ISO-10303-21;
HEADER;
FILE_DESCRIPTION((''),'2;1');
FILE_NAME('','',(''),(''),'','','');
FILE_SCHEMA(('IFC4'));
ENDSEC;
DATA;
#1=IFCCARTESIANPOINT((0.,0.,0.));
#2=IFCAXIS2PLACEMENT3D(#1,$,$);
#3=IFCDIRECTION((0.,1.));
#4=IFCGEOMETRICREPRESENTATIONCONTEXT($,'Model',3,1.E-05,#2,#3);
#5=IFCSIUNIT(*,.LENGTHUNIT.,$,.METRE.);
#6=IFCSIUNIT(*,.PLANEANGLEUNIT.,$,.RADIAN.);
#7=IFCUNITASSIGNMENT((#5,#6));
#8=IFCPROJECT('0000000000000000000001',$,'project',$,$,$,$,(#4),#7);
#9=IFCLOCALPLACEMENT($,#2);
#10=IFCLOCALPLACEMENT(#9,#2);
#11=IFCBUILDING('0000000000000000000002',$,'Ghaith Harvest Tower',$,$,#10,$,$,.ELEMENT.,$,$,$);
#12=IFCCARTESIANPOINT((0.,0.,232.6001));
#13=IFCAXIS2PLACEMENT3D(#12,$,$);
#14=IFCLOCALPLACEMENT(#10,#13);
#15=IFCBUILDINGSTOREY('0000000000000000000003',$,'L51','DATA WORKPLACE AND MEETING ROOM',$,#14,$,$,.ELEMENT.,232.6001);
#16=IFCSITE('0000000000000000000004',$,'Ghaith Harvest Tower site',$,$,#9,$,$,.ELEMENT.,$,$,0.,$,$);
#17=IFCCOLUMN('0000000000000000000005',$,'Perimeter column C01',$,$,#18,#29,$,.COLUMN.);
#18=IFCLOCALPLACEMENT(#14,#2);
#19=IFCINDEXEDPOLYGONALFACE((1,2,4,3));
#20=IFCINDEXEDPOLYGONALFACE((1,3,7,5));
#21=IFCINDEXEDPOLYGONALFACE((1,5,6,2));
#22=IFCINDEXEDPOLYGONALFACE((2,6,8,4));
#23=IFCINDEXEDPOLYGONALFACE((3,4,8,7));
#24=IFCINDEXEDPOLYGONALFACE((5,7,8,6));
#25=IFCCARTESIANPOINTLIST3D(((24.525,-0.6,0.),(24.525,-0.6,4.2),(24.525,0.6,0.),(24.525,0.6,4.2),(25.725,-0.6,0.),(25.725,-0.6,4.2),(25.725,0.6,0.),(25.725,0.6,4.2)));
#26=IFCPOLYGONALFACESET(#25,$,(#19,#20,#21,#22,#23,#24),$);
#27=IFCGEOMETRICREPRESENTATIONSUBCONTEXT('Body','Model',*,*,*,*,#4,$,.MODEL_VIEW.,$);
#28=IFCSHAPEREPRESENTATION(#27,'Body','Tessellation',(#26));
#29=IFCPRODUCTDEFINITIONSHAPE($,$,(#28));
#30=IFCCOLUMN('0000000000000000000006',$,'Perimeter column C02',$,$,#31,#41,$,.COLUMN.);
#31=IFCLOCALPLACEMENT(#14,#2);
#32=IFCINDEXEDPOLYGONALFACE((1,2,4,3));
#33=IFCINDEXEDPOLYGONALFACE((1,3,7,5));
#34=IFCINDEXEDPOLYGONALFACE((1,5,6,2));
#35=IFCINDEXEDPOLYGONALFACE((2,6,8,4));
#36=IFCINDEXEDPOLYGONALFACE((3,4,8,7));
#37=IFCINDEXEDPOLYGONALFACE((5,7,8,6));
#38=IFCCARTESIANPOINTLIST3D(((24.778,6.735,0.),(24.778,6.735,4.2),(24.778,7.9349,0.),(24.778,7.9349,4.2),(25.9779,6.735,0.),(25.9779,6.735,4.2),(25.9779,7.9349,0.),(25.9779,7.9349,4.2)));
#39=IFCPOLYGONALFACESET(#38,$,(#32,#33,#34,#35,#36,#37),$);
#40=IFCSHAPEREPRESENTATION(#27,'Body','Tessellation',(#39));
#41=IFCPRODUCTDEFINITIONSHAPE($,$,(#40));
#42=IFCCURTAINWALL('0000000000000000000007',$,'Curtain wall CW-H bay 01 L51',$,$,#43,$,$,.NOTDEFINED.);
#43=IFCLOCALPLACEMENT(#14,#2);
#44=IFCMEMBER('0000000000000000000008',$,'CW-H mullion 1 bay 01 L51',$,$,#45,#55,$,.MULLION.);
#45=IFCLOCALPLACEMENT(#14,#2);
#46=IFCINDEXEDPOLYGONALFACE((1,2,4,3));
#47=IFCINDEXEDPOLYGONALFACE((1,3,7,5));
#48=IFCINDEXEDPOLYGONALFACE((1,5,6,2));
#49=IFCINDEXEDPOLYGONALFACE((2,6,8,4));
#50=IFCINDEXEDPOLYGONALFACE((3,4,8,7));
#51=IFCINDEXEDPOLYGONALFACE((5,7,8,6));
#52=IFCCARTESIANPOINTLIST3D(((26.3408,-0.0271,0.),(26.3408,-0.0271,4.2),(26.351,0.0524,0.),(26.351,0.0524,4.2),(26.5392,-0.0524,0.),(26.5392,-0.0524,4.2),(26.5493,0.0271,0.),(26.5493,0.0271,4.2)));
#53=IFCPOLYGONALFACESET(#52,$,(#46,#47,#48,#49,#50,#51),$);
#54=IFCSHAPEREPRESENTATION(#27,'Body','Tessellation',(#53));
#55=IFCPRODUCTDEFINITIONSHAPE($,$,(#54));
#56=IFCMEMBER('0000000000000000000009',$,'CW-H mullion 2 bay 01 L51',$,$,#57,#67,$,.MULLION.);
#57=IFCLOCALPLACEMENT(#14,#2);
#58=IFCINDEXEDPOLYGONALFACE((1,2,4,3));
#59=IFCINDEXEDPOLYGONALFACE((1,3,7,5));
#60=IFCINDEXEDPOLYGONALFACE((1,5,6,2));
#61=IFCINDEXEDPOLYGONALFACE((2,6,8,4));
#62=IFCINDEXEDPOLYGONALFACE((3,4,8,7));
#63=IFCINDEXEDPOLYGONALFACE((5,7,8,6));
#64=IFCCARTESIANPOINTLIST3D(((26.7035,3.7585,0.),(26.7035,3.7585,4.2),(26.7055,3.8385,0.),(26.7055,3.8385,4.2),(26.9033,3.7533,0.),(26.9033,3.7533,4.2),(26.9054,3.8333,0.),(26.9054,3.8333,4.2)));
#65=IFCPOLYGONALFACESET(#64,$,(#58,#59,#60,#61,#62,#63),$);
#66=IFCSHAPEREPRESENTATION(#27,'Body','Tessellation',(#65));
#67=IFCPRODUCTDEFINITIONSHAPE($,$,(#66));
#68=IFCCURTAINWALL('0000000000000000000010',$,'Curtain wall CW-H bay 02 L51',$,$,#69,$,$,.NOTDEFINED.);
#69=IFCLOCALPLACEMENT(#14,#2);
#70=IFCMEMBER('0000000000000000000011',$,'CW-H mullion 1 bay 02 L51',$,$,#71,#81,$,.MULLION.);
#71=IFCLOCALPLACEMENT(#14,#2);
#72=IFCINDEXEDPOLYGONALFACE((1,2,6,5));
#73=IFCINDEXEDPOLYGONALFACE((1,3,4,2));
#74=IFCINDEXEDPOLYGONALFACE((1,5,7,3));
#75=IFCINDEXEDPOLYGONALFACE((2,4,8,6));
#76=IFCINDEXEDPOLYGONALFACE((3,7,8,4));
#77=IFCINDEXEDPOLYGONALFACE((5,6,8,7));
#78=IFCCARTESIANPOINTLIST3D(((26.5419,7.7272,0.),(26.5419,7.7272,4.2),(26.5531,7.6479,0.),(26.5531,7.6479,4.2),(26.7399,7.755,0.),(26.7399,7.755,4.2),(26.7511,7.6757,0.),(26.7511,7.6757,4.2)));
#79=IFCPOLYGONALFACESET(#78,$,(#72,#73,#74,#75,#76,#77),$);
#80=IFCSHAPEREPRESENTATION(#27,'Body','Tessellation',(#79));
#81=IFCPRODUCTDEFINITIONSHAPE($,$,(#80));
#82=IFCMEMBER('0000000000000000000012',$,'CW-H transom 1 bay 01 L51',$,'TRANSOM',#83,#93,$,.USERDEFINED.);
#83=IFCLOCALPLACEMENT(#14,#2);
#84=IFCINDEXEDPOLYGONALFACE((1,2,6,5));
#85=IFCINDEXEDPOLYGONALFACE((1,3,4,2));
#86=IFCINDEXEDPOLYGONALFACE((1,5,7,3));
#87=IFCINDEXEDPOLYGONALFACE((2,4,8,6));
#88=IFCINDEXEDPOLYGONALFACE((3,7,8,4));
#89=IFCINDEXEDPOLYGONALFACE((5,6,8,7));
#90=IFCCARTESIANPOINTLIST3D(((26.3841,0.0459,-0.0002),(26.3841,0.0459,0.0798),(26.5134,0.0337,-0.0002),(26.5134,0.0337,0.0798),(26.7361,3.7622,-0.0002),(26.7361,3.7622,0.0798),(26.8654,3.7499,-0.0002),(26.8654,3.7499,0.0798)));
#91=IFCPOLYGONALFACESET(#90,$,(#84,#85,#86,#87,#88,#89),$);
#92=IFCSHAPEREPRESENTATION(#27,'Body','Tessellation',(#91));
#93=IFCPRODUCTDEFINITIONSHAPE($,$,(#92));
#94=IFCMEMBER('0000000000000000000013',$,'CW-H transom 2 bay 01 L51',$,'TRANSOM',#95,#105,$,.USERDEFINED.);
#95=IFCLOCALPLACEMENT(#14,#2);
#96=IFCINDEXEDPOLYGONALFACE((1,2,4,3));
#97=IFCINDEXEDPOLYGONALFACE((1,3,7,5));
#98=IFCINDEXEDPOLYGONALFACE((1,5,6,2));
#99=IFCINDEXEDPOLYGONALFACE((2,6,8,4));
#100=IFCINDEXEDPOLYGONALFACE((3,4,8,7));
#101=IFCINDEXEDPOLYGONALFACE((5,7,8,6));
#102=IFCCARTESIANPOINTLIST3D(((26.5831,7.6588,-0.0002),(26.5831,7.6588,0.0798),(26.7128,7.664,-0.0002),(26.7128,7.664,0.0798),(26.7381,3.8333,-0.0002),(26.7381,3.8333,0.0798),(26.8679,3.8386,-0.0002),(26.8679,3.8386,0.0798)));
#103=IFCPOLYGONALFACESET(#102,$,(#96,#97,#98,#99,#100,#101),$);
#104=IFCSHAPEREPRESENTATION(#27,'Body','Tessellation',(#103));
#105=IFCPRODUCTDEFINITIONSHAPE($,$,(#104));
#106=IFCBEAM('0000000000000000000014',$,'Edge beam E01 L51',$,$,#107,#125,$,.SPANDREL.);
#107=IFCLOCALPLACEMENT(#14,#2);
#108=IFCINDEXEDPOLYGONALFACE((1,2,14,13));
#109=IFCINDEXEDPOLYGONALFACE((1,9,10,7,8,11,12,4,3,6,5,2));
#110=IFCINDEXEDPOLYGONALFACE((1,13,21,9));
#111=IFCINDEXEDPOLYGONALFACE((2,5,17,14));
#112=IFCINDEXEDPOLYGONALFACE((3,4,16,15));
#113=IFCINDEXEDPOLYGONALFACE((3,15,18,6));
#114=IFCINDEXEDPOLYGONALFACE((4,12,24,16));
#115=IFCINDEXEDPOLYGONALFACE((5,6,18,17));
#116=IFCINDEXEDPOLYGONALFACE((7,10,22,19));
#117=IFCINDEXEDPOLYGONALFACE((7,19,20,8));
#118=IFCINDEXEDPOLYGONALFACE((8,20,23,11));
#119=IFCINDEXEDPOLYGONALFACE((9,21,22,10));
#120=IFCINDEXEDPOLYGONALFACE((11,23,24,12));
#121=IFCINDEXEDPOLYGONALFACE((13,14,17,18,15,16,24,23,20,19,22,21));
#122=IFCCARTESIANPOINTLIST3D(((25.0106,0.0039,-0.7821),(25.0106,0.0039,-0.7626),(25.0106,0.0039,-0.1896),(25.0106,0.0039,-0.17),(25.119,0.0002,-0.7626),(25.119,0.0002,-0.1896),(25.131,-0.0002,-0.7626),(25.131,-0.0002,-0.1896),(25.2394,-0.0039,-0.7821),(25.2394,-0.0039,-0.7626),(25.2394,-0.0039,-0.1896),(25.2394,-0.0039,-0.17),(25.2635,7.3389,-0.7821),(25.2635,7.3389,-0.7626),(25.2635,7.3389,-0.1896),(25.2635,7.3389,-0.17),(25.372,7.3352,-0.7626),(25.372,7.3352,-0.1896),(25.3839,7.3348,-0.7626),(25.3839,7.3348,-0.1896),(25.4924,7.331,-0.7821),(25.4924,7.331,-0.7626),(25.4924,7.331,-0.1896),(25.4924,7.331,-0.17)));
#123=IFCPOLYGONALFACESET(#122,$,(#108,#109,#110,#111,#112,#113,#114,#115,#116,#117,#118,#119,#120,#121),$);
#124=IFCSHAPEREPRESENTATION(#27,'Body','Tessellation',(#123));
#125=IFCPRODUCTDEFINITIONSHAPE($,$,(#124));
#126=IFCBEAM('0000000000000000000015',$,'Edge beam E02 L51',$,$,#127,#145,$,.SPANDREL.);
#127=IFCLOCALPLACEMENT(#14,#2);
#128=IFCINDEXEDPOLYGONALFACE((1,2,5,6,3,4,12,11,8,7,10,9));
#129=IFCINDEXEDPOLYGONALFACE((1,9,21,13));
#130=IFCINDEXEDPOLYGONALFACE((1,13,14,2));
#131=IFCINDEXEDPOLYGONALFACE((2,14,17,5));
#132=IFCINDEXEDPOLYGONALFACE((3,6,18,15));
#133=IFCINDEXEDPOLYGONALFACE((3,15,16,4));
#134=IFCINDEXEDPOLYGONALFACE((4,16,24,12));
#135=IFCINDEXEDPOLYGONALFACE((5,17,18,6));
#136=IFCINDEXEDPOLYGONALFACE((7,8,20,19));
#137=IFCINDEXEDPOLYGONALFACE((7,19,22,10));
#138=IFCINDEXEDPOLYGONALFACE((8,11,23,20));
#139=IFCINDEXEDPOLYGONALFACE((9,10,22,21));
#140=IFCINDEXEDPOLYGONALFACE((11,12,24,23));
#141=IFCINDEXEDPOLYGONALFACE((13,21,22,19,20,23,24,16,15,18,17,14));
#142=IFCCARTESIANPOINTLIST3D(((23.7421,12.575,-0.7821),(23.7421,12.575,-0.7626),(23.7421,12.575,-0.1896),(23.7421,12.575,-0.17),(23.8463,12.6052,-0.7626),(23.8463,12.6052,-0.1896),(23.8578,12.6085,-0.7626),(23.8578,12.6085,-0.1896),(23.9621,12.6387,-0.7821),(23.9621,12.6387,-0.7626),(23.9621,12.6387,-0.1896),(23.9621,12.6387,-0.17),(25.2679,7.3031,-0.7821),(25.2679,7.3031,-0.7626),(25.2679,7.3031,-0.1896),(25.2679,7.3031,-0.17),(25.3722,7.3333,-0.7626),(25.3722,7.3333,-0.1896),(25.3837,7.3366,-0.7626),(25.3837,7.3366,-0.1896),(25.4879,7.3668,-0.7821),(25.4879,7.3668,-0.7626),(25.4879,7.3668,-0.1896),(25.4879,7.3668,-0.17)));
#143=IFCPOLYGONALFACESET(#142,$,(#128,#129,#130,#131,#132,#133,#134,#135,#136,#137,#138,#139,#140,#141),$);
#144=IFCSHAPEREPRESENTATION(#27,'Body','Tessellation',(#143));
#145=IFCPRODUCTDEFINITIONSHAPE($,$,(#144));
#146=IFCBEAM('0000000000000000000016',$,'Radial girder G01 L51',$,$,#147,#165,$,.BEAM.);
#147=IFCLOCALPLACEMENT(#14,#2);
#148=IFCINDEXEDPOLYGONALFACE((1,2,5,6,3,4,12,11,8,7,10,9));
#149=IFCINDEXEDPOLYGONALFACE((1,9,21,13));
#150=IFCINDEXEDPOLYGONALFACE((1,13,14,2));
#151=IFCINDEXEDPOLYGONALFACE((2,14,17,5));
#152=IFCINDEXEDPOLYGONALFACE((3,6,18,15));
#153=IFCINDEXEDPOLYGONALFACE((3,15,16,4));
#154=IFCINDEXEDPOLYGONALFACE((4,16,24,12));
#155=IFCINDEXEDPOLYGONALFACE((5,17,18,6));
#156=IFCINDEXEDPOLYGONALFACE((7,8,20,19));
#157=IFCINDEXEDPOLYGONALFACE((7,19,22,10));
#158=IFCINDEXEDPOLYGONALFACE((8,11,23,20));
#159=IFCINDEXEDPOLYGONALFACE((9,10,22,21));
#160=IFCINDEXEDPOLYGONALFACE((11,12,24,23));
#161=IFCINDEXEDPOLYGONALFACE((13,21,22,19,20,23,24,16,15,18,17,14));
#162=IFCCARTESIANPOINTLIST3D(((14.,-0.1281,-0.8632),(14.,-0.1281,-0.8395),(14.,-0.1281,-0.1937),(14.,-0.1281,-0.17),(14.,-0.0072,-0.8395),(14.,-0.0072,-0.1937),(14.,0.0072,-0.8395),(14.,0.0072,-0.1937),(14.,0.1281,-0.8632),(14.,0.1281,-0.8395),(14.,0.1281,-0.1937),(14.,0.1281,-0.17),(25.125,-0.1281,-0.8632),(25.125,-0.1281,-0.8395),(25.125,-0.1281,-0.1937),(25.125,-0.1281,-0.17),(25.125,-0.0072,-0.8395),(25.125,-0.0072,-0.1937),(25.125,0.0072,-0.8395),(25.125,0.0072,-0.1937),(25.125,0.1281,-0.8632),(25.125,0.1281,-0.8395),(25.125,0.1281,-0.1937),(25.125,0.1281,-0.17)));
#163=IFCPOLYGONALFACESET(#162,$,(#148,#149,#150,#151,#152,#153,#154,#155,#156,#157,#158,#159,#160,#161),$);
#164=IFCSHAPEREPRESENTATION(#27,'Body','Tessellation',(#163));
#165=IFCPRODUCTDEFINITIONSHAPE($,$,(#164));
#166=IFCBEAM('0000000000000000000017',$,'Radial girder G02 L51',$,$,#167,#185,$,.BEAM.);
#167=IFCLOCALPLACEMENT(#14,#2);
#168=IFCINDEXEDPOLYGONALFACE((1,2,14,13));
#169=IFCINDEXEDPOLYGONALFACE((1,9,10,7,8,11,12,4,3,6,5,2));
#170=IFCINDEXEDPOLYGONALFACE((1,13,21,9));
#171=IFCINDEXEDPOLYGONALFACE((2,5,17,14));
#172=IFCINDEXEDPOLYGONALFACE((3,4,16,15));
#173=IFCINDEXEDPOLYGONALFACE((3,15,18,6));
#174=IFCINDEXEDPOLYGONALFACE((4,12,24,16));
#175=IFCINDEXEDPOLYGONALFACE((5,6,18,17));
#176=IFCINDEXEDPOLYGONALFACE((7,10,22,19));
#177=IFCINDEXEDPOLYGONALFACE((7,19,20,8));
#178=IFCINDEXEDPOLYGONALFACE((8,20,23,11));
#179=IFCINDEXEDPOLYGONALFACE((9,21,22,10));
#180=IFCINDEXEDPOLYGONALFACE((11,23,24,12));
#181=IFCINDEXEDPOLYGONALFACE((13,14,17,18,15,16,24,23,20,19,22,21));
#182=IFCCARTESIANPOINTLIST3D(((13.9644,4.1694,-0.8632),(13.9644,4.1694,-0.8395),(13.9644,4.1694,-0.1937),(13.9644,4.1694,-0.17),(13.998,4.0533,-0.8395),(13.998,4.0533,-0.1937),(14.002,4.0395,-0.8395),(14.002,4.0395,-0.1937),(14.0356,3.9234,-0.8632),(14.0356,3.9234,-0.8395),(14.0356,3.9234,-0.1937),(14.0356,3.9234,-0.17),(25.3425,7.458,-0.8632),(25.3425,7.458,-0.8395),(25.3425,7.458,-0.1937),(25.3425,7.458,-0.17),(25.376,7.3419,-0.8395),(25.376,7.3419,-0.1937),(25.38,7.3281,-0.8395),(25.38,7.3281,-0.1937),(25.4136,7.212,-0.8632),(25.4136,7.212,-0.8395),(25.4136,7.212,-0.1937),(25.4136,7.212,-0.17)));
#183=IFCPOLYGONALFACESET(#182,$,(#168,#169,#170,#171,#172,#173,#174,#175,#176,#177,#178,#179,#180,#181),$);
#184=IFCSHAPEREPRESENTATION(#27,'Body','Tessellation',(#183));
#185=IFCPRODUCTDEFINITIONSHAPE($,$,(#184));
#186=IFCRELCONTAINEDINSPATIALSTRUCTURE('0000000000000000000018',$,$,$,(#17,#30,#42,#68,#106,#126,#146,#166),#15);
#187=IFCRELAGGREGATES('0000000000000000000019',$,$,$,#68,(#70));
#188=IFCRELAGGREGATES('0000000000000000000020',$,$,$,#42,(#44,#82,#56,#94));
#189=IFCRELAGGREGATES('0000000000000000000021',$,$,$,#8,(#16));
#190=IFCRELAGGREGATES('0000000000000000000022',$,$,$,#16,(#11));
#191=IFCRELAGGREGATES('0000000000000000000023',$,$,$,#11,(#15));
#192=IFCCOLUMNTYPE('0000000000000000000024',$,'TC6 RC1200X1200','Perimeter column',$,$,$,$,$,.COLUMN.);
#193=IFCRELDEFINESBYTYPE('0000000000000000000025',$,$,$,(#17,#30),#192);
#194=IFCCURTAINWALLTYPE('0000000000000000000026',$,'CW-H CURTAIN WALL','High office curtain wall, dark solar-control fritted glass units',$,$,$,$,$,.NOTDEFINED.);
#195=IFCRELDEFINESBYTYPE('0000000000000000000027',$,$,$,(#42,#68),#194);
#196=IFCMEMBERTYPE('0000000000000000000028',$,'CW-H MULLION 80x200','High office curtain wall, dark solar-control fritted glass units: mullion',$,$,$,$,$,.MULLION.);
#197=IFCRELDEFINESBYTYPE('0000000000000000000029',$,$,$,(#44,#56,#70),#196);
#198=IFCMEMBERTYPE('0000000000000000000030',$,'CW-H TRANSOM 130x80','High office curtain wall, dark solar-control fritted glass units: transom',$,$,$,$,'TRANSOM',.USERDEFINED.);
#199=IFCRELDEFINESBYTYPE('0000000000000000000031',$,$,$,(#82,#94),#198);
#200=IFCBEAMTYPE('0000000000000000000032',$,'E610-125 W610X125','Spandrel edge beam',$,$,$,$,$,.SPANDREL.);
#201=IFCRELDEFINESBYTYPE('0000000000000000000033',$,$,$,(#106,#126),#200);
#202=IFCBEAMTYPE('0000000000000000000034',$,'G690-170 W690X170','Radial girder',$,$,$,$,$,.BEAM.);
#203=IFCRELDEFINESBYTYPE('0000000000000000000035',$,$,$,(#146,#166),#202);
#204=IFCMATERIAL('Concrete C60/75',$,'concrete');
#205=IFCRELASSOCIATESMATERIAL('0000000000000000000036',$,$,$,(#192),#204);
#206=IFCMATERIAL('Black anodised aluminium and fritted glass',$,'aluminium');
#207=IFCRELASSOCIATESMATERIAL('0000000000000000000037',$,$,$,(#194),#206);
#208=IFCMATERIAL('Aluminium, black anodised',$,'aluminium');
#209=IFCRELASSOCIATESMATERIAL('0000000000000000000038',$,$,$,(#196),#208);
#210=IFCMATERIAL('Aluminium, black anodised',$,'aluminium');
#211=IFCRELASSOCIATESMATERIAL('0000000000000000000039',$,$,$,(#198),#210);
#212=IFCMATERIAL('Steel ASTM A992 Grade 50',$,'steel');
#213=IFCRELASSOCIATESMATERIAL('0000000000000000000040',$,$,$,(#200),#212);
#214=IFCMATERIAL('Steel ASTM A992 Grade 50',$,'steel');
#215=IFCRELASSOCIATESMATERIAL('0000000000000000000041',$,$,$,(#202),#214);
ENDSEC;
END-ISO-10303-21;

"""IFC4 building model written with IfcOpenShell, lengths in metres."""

from ifc_helpers import new_model, si_unit, direction, frame, origin, origin_2d, place, context, subcontext, project, spatial, rectangle, i_section, extrude, material, material_profile, profile_set, type_object, element, aggregate, save


model = new_model("IFC4")

# Units and contexts
model_context = context("Model", 3, precision=1e-05, world=origin(), true_north=direction((0.0, 1.0)))
body_context = subcontext(model_context, "Body", "Model", "MODEL_VIEW")
ifc_project = project(units=[si_unit("LENGTHUNIT", "METRE"), si_unit("PLANEANGLEUNIT", "RADIAN")], contexts=[model_context])

# Site, building, storey
site_placement = place(None, origin())
site = spatial("IfcSite", under=ifc_project, at=site_placement, Name="Ghaith Harvest Tower site", CompositionType="ELEMENT", RefElevation=0.0)
building_placement = place(site_placement, origin())
building = spatial("IfcBuilding", under=site, at=building_placement, Name="Ghaith Harvest Tower", CompositionType="ELEMENT")
storey_placement = place(building_placement, frame((0.0, 0.0, 232.6001)))
storey = spatial("IfcBuildingStorey", under=building, at=storey_placement, Name="L51", Description="DATA WORKPLACE AND MEETING ROOM", CompositionType="ELEMENT", Elevation=232.6001)

# Columns
ifc_material_1 = material(Name="Concrete C60/75", Category="concrete")
ifc_material_profile_1 = material_profile(ifc_material_1, rectangle(XDim=1.2, YDim=1.2, at=origin_2d()), Name="RC1200X1200")
ifc_profile_set_1 = profile_set([ifc_material_profile_1], Name="Concrete C60/75")
column_type = type_object("IfcColumnType", Name="TC6 RC1200X1200", Description="Perimeter column", PredefinedType="COLUMN", material=ifc_profile_set_1)
for number, where, z_axis, x_axis, name in (
    (1, (25.125, 0.0, 0.0), (0.0, 0.0, 1.0), (1.0, 0.0, 0.0), "Perimeter column C01"),
    (2, (25.3779, 7.335, 0.0), (0.0, 0.0, 1.0), (1.0, 0.0, 0.0), "Perimeter column C02"),
):
    element("IfcColumn", number, at=place(storey_placement, frame(where, z_axis=z_axis, x_axis=x_axis)), inside=storey, type_object=column_type, Name=name, PredefinedType="COLUMN", context=body_context, shape_type="SweptSolid", body=[
        extrude(rectangle(XDim=1.2, YDim=1.2, at=origin_2d()), origin(), (0.0, 0.0, 1.0), 4.2),
    ])

# Curtain wall, members
ifc_material_2 = material(Name="Black anodised aluminium and fritted glass", Category="aluminium")
curtain_wall_type = type_object("IfcCurtainWallType", Name="CW-H CURTAIN WALL", Description="High office curtain wall, dark solar-control fritted glass units", PredefinedType="NOTDEFINED", material=ifc_material_2)
curtain_wall_1_placement = place(storey_placement, origin())
curtain_wall_1 = element("IfcCurtainWall", 3, at=curtain_wall_1_placement, inside=storey, type_object=curtain_wall_type, Name="Curtain wall CW-H bay 01 L51", PredefinedType="NOTDEFINED")
ifc_material_3 = material(Name="Aluminium, black anodised", Category="aluminium")
ifc_material_profile_2 = material_profile(ifc_material_3, rectangle(XDim=0.0801, YDim=0.2, at=origin_2d()), Name="CW-H MULLION 80x200")
ifc_profile_set_2 = profile_set([ifc_material_profile_2], Name="Aluminium, black anodised")
member_type_1 = type_object("IfcMemberType", Name="CW-H MULLION 80x200", Description="High office curtain wall, dark solar-control fritted glass units: mullion", PredefinedType="MULLION", material=ifc_profile_set_2)
member_1_placement = place(storey_placement, frame((26.4451, 0.0, 0.0), z_axis=(0.0, 0.0, 1.0), x_axis=(0.126568, 0.991958, 0.0)))
member_1 = element("IfcMember", 4, at=member_1_placement, type_object=member_type_1, Name="CW-H mullion 1 bay 01 L51", PredefinedType="MULLION", context=body_context, shape_type="SweptSolid", body=[
    extrude(rectangle(XDim=0.0801, YDim=0.2, at=origin_2d()), origin(), (0.0, 0.0, 1.0), 4.2),
])
member_2_placement = place(storey_placement, frame((26.8044, 3.7959, 0.0), z_axis=(0.0, 0.0, 1.0), x_axis=(0.026143, 0.999658, 0.0)))
member_2 = element("IfcMember", 5, at=member_2_placement, type_object=member_type_1, Name="CW-H mullion 2 bay 01 L51", PredefinedType="MULLION", context=body_context, shape_type="SweptSolid", body=[
    extrude(rectangle(XDim=0.0801, YDim=0.2, at=origin_2d()), origin(), (0.0, 0.0, 1.0), 4.2),
])

# Curtain wall, member
curtain_wall_2_placement = place(storey_placement, origin())
curtain_wall_2 = element("IfcCurtainWall", 6, at=curtain_wall_2_placement, inside=storey, type_object=curtain_wall_type, Name="Curtain wall CW-H bay 02 L51", PredefinedType="NOTDEFINED")
member_3_placement = place(storey_placement, frame((26.6465, 7.7014, 0.0), z_axis=(0.0, 0.0, 1.0), x_axis=(-0.139146, 0.990272, 0.0)))
member_3 = element("IfcMember", 7, at=member_3_placement, type_object=member_type_1, Name="CW-H mullion 1 bay 02 L51", PredefinedType="MULLION", context=body_context, shape_type="SweptSolid", body=[
    extrude(rectangle(XDim=0.0801, YDim=0.2, at=origin_2d()), origin(), (0.0, 0.0, 1.0), 4.2),
])
aggregate(curtain_wall_2, [member_3])

# Members
ifc_material_4 = material(Name="Aluminium, black anodised", Category="aluminium")
ifc_material_profile_3 = material_profile(ifc_material_4, rectangle(XDim=0.1299, YDim=0.0801, at=origin_2d()), Name="CW-H TRANSOM 130x80")
ifc_profile_set_3 = profile_set([ifc_material_profile_3], Name="Aluminium, black anodised")
member_type_2 = type_object("IfcMemberType", Name="CW-H TRANSOM 130x80", Description="High office curtain wall, dark solar-control fritted glass units: transom", ElementType="TRANSOM", PredefinedType="USERDEFINED", material=ifc_profile_set_3)
member_4_placement = place(storey_placement, frame((26.4487, 0.0398, 0.0398), z_axis=(0.094309, 0.995543, 0.0), x_axis=(-0.995543, 0.094309, 0.0)))
member_4 = element("IfcMember", 8, at=member_4_placement, type_object=member_type_2, Name="CW-H transom 1 bay 01 L51", ObjectType="TRANSOM", PredefinedType="USERDEFINED", context=body_context, shape_type="SweptSolid", body=[
    extrude(rectangle(XDim=0.1299, YDim=0.0801, at=origin_2d()), origin(), (0.0, 0.0, 1.0), 3.7329),
])
member_5_placement = place(storey_placement, frame((26.803, 3.8359, 0.0398), z_axis=(-0.040493, 0.99918, 0.0), x_axis=(-0.99918, -0.040493, 0.0)))
member_5 = element("IfcMember", 9, at=member_5_placement, type_object=member_type_2, Name="CW-H transom 2 bay 01 L51", ObjectType="TRANSOM", PredefinedType="USERDEFINED", context=body_context, shape_type="SweptSolid", body=[
    extrude(rectangle(XDim=0.1299, YDim=0.0801, at=origin_2d()), origin(), (0.0, 0.0, 1.0), 3.8286),
])

# Beams
ifc_material_5 = material(Name="Steel ASTM A992 Grade 50", Category="steel")
ifc_material_profile_4 = material_profile(ifc_material_5, i_section(OverallWidth=0.229, OverallDepth=0.6121, WebThickness=0.012, FlangeThickness=0.0195, at=origin_2d()), Name="W610X125")
ifc_profile_set_4 = profile_set([ifc_material_profile_4], Name="Steel ASTM A992 Grade 50")
beam_type_1 = type_object("IfcBeamType", Name="E610-125 W610X125", Description="Spandrel edge beam", PredefinedType="SPANDREL", material=ifc_profile_set_4)
beam_1_placement = place(storey_placement, frame((25.125, 0.0, -0.4761), z_axis=(0.034462, 0.999406, 0.0), x_axis=(-0.999406, 0.034462, 0.0)))
element("IfcBeam", 10, at=beam_1_placement, inside=storey, type_object=beam_type_1, Name="Edge beam E01 L51", PredefinedType="SPANDREL", context=body_context, shape_type="SweptSolid", body=[
    extrude(i_section(OverallWidth=0.229, OverallDepth=0.6121, WebThickness=0.012, FlangeThickness=0.0195, at=origin_2d()), origin(), (0.0, 0.0, 1.0), 7.3394),
])
beam_2_placement = place(storey_placement, frame((25.3779, 7.335, -0.4761), z_axis=(-0.278021, 0.960575, 0.0), x_axis=(-0.960575, -0.278021, 0.0)))
element("IfcBeam", 11, at=beam_2_placement, inside=storey, type_object=beam_type_1, Name="Edge beam E02 L51", PredefinedType="SPANDREL", context=body_context, shape_type="SweptSolid", body=[
    extrude(i_section(OverallWidth=0.229, OverallDepth=0.6121, WebThickness=0.012, FlangeThickness=0.0195, at=origin_2d()), origin(), (0.0, 0.0, 1.0), 5.4883),
])
ifc_material_6 = material(Name="Steel ASTM A992 Grade 50", Category="steel")
ifc_material_profile_5 = material_profile(ifc_material_6, i_section(OverallWidth=0.2561, OverallDepth=0.6931, WebThickness=0.0144, FlangeThickness=0.0237, at=origin_2d()), Name="W690X170")
ifc_profile_set_5 = profile_set([ifc_material_profile_5], Name="Steel ASTM A992 Grade 50")
beam_type_2 = type_object("IfcBeamType", Name="G690-170 W690X170", Description="Radial girder", PredefinedType="BEAM", material=ifc_profile_set_5)
beam_3_placement = place(storey_placement, frame((14.0, 0.0, -0.5166), z_axis=(1.0, 0.0, 0.0), x_axis=(0.0, 1.0, 0.0)))
element("IfcBeam", 12, at=beam_3_placement, inside=storey, type_object=beam_type_2, Name="Radial girder G01 L51", PredefinedType="BEAM", context=body_context, shape_type="SweptSolid", body=[
    extrude(i_section(OverallWidth=0.2561, OverallDepth=0.6931, WebThickness=0.0144, FlangeThickness=0.0237, at=origin_2d()), origin(), (0.0, 0.0, 1.0), 11.125),
])
beam_4_placement = place(storey_placement, frame((14.0, 4.0464, -0.5166), z_axis=(0.960678, 0.277666, 0.0), x_axis=(-0.277666, 0.960678, 0.0)))
element("IfcBeam", 13, at=beam_4_placement, inside=storey, type_object=beam_type_2, Name="Radial girder G02 L51", PredefinedType="BEAM", context=body_context, shape_type="SweptSolid", body=[
    extrude(i_section(OverallWidth=0.2561, OverallDepth=0.6931, WebThickness=0.0144, FlangeThickness=0.0237, at=origin_2d()), origin(), (0.0, 0.0, 1.0), 11.8438),
])

aggregate(curtain_wall_1, [member_1, member_4, member_2, member_5])

save(model, "model.ifc")
